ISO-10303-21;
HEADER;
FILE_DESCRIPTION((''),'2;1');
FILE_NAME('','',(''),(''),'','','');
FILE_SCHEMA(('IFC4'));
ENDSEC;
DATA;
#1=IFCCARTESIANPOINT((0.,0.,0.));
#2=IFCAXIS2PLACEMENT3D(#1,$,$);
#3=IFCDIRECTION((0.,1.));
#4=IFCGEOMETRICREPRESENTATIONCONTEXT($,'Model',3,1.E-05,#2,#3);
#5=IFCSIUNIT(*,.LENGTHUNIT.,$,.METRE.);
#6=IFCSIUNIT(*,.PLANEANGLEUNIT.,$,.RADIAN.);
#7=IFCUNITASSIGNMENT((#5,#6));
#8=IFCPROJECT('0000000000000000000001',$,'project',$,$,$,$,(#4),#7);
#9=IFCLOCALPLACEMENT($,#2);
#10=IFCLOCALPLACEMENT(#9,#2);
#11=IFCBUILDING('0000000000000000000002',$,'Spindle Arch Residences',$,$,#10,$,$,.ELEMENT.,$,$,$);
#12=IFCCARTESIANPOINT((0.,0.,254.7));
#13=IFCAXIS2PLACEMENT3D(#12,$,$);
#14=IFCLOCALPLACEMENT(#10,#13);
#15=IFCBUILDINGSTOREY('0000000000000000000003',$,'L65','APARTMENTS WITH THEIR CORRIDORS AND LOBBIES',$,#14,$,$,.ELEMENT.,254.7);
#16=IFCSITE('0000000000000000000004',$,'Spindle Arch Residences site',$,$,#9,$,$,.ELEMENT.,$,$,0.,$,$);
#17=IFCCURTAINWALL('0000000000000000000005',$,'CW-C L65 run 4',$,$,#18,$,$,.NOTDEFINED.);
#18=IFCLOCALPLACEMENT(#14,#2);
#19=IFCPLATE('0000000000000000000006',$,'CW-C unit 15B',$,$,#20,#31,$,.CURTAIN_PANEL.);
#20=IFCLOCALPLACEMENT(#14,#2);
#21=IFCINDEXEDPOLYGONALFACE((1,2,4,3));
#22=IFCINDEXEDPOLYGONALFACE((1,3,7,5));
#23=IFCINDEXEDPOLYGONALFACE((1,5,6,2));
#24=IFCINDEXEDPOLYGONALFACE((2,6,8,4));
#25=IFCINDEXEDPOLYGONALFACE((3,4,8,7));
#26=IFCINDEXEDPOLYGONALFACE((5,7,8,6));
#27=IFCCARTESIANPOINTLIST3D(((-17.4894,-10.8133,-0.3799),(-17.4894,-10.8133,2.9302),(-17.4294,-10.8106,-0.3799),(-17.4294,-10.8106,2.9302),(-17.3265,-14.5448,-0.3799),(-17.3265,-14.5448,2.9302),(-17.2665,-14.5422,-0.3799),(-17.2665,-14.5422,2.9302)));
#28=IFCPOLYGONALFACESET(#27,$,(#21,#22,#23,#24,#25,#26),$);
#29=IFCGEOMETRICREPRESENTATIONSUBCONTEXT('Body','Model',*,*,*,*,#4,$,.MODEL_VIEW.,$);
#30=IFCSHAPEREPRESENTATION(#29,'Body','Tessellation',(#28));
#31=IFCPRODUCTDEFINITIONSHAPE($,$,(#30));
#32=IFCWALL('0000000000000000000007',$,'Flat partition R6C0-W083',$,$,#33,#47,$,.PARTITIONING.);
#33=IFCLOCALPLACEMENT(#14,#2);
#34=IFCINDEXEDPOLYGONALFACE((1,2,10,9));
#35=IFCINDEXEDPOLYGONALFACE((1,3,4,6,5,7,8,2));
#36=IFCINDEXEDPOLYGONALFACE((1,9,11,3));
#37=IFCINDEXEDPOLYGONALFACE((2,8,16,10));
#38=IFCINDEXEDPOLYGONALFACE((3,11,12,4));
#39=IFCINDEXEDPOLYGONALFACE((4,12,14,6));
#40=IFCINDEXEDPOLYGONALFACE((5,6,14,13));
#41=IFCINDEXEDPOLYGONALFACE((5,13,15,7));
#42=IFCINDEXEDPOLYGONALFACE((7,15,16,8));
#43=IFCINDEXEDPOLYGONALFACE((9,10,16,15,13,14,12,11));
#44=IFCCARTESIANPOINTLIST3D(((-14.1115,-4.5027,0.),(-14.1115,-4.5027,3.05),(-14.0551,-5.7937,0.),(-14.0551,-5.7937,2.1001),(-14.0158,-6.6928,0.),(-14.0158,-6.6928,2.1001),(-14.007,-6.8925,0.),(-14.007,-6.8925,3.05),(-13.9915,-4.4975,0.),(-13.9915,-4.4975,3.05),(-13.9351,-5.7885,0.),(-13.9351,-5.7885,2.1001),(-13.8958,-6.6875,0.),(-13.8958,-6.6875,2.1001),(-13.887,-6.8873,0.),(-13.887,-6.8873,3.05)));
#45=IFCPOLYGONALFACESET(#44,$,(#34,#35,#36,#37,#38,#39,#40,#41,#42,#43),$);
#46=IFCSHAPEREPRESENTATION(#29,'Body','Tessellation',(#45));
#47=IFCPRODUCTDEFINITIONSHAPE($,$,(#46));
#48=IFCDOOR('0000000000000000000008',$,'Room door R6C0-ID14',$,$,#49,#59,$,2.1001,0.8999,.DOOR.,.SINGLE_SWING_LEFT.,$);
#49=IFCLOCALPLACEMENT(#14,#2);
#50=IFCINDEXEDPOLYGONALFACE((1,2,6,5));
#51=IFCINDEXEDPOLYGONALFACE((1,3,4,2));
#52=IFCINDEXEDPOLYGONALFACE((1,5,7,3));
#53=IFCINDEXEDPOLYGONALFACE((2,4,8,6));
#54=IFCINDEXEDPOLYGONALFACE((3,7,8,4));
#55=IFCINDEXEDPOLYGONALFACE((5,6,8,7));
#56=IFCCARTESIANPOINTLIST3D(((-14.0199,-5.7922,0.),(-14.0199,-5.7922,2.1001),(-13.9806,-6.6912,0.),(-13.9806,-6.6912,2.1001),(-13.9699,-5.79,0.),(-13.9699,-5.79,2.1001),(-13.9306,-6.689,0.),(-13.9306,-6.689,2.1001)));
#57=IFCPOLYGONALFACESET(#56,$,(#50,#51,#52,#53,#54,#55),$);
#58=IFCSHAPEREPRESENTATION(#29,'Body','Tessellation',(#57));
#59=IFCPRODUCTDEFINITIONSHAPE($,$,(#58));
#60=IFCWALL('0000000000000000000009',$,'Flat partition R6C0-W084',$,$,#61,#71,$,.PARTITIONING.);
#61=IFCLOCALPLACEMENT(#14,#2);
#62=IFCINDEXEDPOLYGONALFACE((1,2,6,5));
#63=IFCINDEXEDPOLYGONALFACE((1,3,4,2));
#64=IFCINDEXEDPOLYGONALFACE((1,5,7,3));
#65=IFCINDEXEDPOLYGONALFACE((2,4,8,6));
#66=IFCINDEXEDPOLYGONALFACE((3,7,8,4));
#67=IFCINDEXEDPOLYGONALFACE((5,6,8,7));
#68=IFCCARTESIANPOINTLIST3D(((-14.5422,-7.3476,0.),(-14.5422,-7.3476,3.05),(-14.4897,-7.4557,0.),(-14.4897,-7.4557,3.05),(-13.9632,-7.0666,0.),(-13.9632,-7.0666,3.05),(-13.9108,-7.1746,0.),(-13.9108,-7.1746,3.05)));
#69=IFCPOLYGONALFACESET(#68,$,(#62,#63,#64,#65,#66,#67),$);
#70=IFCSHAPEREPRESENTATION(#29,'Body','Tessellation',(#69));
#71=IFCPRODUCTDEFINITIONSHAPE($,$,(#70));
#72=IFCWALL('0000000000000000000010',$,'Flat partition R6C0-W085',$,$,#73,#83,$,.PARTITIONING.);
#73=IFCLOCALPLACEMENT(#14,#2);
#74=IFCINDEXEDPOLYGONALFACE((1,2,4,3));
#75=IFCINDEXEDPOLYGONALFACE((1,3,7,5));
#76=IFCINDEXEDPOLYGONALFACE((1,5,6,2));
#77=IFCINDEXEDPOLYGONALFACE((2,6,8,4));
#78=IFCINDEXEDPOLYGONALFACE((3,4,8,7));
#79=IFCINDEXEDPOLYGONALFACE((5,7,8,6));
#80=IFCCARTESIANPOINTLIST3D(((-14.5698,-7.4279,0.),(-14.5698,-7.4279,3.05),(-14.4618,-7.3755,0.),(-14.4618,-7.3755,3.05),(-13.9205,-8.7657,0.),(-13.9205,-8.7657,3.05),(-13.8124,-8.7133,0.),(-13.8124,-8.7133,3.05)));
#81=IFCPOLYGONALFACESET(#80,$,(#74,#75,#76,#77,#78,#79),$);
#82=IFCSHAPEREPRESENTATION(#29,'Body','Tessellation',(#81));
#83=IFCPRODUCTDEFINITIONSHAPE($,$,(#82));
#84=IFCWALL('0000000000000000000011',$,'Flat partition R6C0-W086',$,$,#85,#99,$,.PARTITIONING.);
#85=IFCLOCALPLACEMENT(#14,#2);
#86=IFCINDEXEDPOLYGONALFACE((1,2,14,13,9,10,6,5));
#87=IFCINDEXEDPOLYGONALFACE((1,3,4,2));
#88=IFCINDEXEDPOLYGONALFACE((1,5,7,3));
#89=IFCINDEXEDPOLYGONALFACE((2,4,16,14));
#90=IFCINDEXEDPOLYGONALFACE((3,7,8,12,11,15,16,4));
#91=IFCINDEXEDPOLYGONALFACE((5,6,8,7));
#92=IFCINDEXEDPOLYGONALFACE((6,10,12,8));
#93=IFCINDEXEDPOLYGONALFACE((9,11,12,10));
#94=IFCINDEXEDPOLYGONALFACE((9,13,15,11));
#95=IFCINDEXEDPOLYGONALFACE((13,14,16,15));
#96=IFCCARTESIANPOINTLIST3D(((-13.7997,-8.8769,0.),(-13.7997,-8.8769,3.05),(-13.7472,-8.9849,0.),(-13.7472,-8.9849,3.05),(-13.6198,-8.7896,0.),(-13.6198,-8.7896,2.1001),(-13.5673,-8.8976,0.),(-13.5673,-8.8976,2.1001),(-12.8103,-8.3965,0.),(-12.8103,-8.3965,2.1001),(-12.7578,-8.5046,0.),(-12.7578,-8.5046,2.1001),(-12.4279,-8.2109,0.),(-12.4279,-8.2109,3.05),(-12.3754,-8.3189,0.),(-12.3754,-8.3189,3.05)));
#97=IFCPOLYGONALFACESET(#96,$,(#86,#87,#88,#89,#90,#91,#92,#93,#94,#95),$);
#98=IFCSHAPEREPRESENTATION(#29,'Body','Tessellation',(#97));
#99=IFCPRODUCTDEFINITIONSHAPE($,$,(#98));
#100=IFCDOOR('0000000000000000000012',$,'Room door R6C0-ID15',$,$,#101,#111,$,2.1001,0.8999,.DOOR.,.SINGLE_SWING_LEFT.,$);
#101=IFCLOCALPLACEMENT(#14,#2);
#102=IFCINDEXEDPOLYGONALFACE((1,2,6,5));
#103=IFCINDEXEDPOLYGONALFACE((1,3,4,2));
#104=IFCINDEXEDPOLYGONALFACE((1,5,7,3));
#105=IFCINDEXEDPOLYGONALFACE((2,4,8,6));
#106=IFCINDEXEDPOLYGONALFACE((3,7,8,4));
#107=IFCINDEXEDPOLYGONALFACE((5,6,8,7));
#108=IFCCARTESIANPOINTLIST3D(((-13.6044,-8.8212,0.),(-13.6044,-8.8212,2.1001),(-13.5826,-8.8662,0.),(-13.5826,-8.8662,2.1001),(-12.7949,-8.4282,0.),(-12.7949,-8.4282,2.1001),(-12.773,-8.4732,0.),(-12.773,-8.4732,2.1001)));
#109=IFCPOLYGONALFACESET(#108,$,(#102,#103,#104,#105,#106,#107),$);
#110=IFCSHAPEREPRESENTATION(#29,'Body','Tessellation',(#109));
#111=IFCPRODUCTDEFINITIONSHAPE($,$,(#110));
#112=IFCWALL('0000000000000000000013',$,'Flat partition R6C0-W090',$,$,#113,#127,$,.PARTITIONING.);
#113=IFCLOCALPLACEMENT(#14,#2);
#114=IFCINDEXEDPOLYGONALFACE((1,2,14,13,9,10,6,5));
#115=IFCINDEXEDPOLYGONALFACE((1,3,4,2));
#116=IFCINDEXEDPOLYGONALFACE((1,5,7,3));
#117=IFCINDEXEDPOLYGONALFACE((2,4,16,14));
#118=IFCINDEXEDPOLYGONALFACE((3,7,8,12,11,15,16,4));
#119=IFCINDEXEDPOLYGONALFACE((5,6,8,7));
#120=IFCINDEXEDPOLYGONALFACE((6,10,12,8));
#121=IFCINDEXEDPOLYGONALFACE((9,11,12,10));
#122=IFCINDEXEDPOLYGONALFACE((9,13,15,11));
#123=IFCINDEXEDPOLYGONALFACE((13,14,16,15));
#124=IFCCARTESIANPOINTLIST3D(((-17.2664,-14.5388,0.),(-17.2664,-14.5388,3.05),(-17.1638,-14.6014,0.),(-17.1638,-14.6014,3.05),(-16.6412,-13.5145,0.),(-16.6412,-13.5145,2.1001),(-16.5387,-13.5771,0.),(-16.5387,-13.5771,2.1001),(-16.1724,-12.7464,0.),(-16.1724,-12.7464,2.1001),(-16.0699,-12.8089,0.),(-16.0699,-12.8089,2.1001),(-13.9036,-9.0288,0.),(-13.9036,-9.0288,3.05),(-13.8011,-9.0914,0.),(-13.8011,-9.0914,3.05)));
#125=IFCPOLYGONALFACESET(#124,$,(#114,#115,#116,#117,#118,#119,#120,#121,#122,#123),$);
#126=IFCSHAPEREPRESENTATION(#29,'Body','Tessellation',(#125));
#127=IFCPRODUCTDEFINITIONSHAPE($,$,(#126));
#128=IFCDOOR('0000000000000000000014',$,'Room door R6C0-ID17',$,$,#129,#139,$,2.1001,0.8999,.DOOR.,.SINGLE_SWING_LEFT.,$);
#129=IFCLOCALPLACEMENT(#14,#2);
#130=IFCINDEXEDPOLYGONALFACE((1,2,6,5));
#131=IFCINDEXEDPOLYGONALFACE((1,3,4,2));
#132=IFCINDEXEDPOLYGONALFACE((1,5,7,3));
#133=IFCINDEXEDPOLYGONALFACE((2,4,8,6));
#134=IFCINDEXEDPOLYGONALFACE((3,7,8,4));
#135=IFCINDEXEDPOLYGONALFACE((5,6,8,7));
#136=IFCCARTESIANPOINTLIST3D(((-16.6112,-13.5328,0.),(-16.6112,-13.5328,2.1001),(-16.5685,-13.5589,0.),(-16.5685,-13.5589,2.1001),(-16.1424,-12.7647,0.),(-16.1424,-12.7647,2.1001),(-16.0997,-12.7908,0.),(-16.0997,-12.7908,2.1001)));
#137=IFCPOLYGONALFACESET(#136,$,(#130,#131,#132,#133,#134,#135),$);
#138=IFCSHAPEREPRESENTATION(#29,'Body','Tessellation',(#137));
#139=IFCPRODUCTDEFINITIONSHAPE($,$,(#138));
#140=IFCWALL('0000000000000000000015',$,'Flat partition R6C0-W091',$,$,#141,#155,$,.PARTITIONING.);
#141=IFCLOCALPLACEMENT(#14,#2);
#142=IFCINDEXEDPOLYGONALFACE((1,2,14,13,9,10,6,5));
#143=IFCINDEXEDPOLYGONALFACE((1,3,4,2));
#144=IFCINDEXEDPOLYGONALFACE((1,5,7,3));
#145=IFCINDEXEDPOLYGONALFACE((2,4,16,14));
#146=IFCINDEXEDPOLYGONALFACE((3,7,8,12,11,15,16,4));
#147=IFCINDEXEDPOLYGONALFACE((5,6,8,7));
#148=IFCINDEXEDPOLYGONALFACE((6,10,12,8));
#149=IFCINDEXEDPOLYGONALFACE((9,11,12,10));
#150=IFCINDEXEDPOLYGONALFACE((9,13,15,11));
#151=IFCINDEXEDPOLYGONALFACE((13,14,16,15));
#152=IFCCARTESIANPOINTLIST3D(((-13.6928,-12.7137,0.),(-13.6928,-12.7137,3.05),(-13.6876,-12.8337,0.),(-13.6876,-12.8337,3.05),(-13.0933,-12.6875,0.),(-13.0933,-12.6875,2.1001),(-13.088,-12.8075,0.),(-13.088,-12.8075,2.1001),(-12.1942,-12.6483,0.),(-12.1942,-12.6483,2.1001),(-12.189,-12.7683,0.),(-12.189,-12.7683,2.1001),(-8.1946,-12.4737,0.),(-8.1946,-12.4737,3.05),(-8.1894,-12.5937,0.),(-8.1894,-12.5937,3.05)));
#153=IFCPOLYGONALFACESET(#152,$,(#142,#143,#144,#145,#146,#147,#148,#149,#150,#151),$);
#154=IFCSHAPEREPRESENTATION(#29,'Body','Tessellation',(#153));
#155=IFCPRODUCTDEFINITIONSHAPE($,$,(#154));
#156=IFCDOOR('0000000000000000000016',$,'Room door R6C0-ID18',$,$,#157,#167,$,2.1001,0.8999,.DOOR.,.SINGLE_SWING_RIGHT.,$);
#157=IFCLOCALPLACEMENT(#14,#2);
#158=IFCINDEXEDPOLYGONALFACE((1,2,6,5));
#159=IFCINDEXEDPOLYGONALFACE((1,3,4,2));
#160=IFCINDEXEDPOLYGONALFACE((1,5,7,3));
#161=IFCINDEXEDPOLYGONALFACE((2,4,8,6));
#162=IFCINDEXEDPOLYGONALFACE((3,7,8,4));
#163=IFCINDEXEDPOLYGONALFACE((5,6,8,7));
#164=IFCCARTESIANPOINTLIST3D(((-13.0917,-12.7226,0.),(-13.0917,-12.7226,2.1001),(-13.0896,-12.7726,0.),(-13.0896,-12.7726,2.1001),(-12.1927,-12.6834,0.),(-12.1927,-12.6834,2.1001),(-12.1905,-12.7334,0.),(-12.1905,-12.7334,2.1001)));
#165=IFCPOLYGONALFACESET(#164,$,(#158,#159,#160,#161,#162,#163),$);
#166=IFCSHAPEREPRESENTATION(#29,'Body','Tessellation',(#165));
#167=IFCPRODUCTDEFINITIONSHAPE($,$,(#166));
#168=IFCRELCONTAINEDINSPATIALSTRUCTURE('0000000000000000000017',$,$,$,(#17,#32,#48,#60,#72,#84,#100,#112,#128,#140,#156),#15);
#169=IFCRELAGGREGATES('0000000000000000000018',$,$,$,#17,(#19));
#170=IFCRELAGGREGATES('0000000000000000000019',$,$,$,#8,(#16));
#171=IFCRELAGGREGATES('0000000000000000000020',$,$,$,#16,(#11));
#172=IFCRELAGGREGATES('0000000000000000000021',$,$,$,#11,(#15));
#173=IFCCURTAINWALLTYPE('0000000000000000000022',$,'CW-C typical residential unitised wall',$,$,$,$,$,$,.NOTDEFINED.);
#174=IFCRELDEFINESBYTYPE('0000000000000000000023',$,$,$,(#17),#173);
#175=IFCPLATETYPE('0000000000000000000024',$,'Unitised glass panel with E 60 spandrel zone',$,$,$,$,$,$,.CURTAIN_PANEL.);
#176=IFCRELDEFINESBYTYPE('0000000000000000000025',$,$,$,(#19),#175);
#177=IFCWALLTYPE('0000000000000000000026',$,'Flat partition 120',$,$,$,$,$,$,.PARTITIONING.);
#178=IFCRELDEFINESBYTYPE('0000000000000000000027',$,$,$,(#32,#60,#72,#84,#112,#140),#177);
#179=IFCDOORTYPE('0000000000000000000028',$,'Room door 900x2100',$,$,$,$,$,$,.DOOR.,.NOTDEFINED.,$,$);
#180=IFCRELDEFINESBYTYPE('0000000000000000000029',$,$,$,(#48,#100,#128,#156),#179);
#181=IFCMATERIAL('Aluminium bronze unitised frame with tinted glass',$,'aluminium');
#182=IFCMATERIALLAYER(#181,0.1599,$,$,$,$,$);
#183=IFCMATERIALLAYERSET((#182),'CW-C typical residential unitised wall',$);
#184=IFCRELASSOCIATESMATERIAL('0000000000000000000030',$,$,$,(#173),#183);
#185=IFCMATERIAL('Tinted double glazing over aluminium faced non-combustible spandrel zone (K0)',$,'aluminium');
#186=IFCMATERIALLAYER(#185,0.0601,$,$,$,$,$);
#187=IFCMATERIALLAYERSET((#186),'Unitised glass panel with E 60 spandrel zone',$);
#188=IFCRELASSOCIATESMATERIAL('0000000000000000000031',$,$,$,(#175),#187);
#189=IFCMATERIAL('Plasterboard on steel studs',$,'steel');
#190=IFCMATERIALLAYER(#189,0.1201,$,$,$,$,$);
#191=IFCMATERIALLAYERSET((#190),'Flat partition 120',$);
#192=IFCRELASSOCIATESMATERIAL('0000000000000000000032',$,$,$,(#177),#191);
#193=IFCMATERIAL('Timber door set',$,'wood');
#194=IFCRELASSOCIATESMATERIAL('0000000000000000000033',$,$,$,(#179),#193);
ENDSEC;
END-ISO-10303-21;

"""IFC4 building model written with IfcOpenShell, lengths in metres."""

from ifc_helpers import new_model, si_unit, direction, frame, frame_2d, origin, origin_2d, place, context, subcontext, project, spatial, rectangle, extrude, material, layer, layer_set, type_object, element, fill, aggregate, save


model = new_model("IFC4")

# Units and contexts
model_context = context("Model", 3, precision=1e-05, world=origin(), true_north=direction((0.0, 1.0)))
body_context = subcontext(model_context, "Body", "Model", "MODEL_VIEW")
ifc_project = project(units=[si_unit("LENGTHUNIT", "METRE"), si_unit("PLANEANGLEUNIT", "RADIAN")], contexts=[model_context])

# Site, building, storey
site_placement = place(None, origin())
site = spatial("IfcSite", under=ifc_project, at=site_placement, Name="Spindle Arch Residences site", CompositionType="ELEMENT", RefElevation=0.0)
building_placement = place(site_placement, origin())
building = spatial("IfcBuilding", under=site, at=building_placement, Name="Spindle Arch Residences", CompositionType="ELEMENT")
storey_placement = place(building_placement, frame((0.0, 0.0, 254.7)))
storey = spatial("IfcBuildingStorey", under=building, at=storey_placement, Name="L65", Description="APARTMENTS WITH THEIR CORRIDORS AND LOBBIES", CompositionType="ELEMENT", Elevation=254.7)

# Curtain wall
ifc_material_1 = material(Name="Aluminium bronze unitised frame with tinted glass", Category="aluminium")
ifc_layer_1 = layer(ifc_material_1, 0.1599)
ifc_layer_set_1 = layer_set([ifc_layer_1], Name="CW-C typical residential unitised wall")
curtain_wall_type_1 = type_object("IfcCurtainWallType", Name="CW-C typical residential unitised wall", PredefinedType="NOTDEFINED", material=ifc_layer_set_1)
curtain_wall_1_placement = place(storey_placement, origin())
curtain_wall_1 = element("IfcCurtainWall", 1, at=curtain_wall_1_placement, inside=storey, type_object=curtain_wall_type_1, Name="CW-C L65 run 4", PredefinedType="NOTDEFINED")

# Plate
ifc_material_2 = material(Name="Tinted double glazing over aluminium faced non-combustible spandrel zone (K0)", Category="aluminium")
ifc_layer_2 = layer(ifc_material_2, 0.0601)
ifc_layer_set_2 = layer_set([ifc_layer_2], Name="Unitised glass panel with E 60 spandrel zone")
plate_type = type_object("IfcPlateType", Name="Unitised glass panel with E 60 spandrel zone", PredefinedType="CURTAIN_PANEL", material=ifc_layer_set_2)
plate_1_placement = place(storey_placement, frame((-17.3779, -12.6777, -0.3799), z_axis=(0.0, 0.0, 1.0), x_axis=(0.043619, -0.999048, 0.0)))
plate_1 = element("IfcPlate", 2, at=plate_1_placement, type_object=plate_type, Name="CW-C unit 15B", PredefinedType="CURTAIN_PANEL", context=body_context, shape_type="SweptSolid", body=[
    extrude(rectangle(XDim=3.7351, YDim=0.0601, at=origin_2d()), origin(), (0.0, 0.0, 1.0), 3.3101),
])
aggregate(curtain_wall_1, [plate_1])

# Wall, opening, door
ifc_material_3 = material(Name="Plasterboard on steel studs", Category="steel")
ifc_layer_3 = layer(ifc_material_3, 0.1201)
ifc_layer_set_3 = layer_set([ifc_layer_3], Name="Flat partition 120")
wall_type_1 = type_object("IfcWallType", Name="Flat partition 120", PredefinedType="PARTITIONING", material=ifc_layer_set_3)
wall_1_placement = place(storey_placement, frame((-13.947, -6.8899, 0.0), z_axis=(0.0, 0.0, 1.0), x_axis=(-0.043681, 0.999046, 0.0)))
wall_1 = element("IfcWall", 3, at=wall_1_placement, inside=storey, type_object=wall_type_1, Name="Flat partition R6C0-W083", PredefinedType="PARTITIONING", context=body_context, shape_type="SweptSolid", body=[
    extrude(rectangle(XDim=2.3921, YDim=0.1201, at=frame_2d((1.196, 0.0))), origin(), (0.0, 0.0, 1.0), 3.05),
])
opening_1_placement = place(wall_1_placement, frame((0.2, 0.0, 0.0)))
opening_1 = element("IfcOpeningElement", 4, at=opening_1_placement, cuts=wall_1, PredefinedType="OPENING", context=body_context, shape_type="SweptSolid", body=[
    extrude(rectangle(XDim=0.8999, YDim=2.1001, at=frame_2d((0.45, 1.05))), frame((0.0, 0.0701, 0.0), z_axis=(0.0, -1.0, 0.0), x_axis=(1.0, 0.0, 0.0)), (0.0, 0.0, 1.0), 0.1401),
])
ifc_material_4 = material(Name="Timber door set", Category="wood")
door_type_1 = type_object("IfcDoorType", Name="Room door 900x2100", OperationType="NOTDEFINED", PredefinedType="DOOR", material=ifc_material_4)
door_1_placement = place(opening_1_placement, origin())
door_1 = element("IfcDoor", 5, at=door_1_placement, inside=storey, type_object=door_type_1, Name="Room door R6C0-ID14", OperationType="SINGLE_SWING_LEFT", OverallHeight=2.1001, OverallWidth=0.8999, PredefinedType="DOOR", context=body_context, shape_type="SweptSolid", body=[
    extrude(rectangle(XDim=0.8999, YDim=2.1001, at=frame_2d((0.45, 1.05))), frame((0.0, 0.0249, 0.0), z_axis=(0.0, -1.0, 0.0), x_axis=(1.0, 0.0, 0.0)), (0.0, 0.0, 1.0), 0.05),
])
fill(opening_1, door_1)

# Walls
wall_2_placement = place(storey_placement, frame((-13.937, -7.1206, 0.0), z_axis=(0.0, 0.0, 1.0), x_axis=(-0.899602, -0.436711, 0.0)))
element("IfcWall", 6, at=wall_2_placement, inside=storey, type_object=wall_type_1, Name="Flat partition R6C0-W084", PredefinedType="PARTITIONING", context=body_context, shape_type="SweptSolid", body=[
    extrude(rectangle(XDim=0.6436, YDim=0.1201, at=frame_2d((0.3218, 0.0))), origin(), (0.0, 0.0, 1.0), 3.05),
])
wall_3_placement = place(storey_placement, frame((-14.5159, -7.4016, 0.0), z_axis=(0.0, 0.0, 1.0), x_axis=(0.436676, -0.899619, 0.0)))
element("IfcWall", 7, at=wall_3_placement, inside=storey, type_object=wall_type_1, Name="Flat partition R6C0-W085", PredefinedType="PARTITIONING", context=body_context, shape_type="SweptSolid", body=[
    extrude(rectangle(XDim=1.4871, YDim=0.1201, at=frame_2d((0.7437, 0.0))), origin(), (0.0, 0.0, 1.0), 3.05),
])

# Walls, openings, doors
wall_4_placement = place(storey_placement, frame((-13.7734, -8.9309, 0.0), z_axis=(0.0, 0.0, 1.0), x_axis=(0.899585, 0.436745, 0.0)))
wall_4 = element("IfcWall", 8, at=wall_4_placement, inside=storey, type_object=wall_type_1, Name="Flat partition R6C0-W086", PredefinedType="PARTITIONING", context=body_context, shape_type="SweptSolid", body=[
    extrude(rectangle(XDim=1.5249, YDim=0.1201, at=frame_2d((0.7625, 0.0))), origin(), (0.0, 0.0, 1.0), 3.05),
])
opening_2_placement = place(wall_4_placement, frame((0.2, 0.0, 0.0)))
opening_2 = element("IfcOpeningElement", 9, at=opening_2_placement, cuts=wall_4, PredefinedType="OPENING", context=body_context, shape_type="SweptSolid", body=[
    extrude(rectangle(XDim=0.8999, YDim=2.1001, at=frame_2d((0.45, 1.05))), frame((0.0, 0.0701, 0.0), z_axis=(0.0, -1.0, 0.0), x_axis=(1.0, 0.0, 0.0)), (0.0, 0.0, 1.0), 0.1401),
])
door_2_placement = place(opening_2_placement, origin())
door_2 = element("IfcDoor", 10, at=door_2_placement, inside=storey, type_object=door_type_1, Name="Room door R6C0-ID15", OperationType="SINGLE_SWING_LEFT", OverallHeight=2.1001, OverallWidth=0.8999, PredefinedType="DOOR", context=body_context, shape_type="SweptSolid", body=[
    extrude(rectangle(XDim=0.8999, YDim=2.1001, at=frame_2d((0.45, 1.05))), frame((0.0, 0.0249, 0.0), z_axis=(0.0, -1.0, 0.0), x_axis=(1.0, 0.0, 0.0)), (0.0, 0.0, 1.0), 0.05),
])
fill(opening_2, door_2)
wall_5_placement = place(storey_placement, frame((-17.2151, -14.5701, 0.0), z_axis=(0.0, 0.0, 1.0), x_axis=(0.52095, 0.853587, 0.0)))
wall_5 = element("IfcWall", 11, at=wall_5_placement, inside=storey, type_object=wall_type_1, Name="Flat partition R6C0-W090", PredefinedType="PARTITIONING", context=body_context, shape_type="SweptSolid", body=[
    extrude(rectangle(XDim=6.4551, YDim=0.1201, at=frame_2d((3.2275, 0.0))), origin(), (0.0, 0.0, 1.0), 3.05),
])
opening_3_placement = place(wall_5_placement, frame((1.2, 0.0, 0.0)))
opening_3 = element("IfcOpeningElement", 12, at=opening_3_placement, cuts=wall_5, PredefinedType="OPENING", context=body_context, shape_type="SweptSolid", body=[
    extrude(rectangle(XDim=0.8999, YDim=2.1001, at=frame_2d((0.45, 1.05))), frame((0.0, 0.0701, 0.0), z_axis=(0.0, -1.0, 0.0), x_axis=(1.0, 0.0, 0.0)), (0.0, 0.0, 1.0), 0.1401),
])
door_3_placement = place(opening_3_placement, origin())
door_3 = element("IfcDoor", 13, at=door_3_placement, inside=storey, type_object=door_type_1, Name="Room door R6C0-ID17", OperationType="SINGLE_SWING_LEFT", OverallHeight=2.1001, OverallWidth=0.8999, PredefinedType="DOOR", context=body_context, shape_type="SweptSolid", body=[
    extrude(rectangle(XDim=0.8999, YDim=2.1001, at=frame_2d((0.45, 1.05))), frame((0.0, 0.0249, 0.0), z_axis=(0.0, -1.0, 0.0), x_axis=(1.0, 0.0, 0.0)), (0.0, 0.0, 1.0), 0.05),
])
fill(opening_3, door_3)
wall_6_placement = place(storey_placement, frame((-13.6902, -12.7737, 0.0), z_axis=(0.0, 0.0, 1.0), x_axis=(0.999049, 0.043607, 0.0)))
wall_6 = element("IfcWall", 14, at=wall_6_placement, inside=storey, type_object=wall_type_1, Name="Flat partition R6C0-W091", PredefinedType="PARTITIONING", context=body_context, shape_type="SweptSolid", body=[
    extrude(rectangle(XDim=5.5034, YDim=0.1201, at=frame_2d((2.7517, 0.0))), origin(), (0.0, 0.0, 1.0), 3.05),
])
opening_4_placement = place(wall_6_placement, frame((0.6001, 0.0, 0.0)))
opening_4 = element("IfcOpeningElement", 15, at=opening_4_placement, cuts=wall_6, PredefinedType="OPENING", context=body_context, shape_type="SweptSolid", body=[
    extrude(rectangle(XDim=0.8999, YDim=2.1001, at=frame_2d((0.45, 1.05))), frame((0.0, 0.0701, 0.0), z_axis=(0.0, -1.0, 0.0), x_axis=(1.0, 0.0, 0.0)), (0.0, 0.0, 1.0), 0.1401),
])
door_4_placement = place(opening_4_placement, origin())
door_4 = element("IfcDoor", 16, at=door_4_placement, inside=storey, type_object=door_type_1, Name="Room door R6C0-ID18", OperationType="SINGLE_SWING_RIGHT", OverallHeight=2.1001, OverallWidth=0.8999, PredefinedType="DOOR", context=body_context, shape_type="SweptSolid", body=[
    extrude(rectangle(XDim=0.8999, YDim=2.1001, at=frame_2d((0.45, 1.05))), frame((0.0, 0.0249, 0.0), z_axis=(0.0, -1.0, 0.0), x_axis=(1.0, 0.0, 0.0)), (0.0, 0.0, 1.0), 0.05),
])
fill(opening_4, door_4)

save(model, "model.ifc")
